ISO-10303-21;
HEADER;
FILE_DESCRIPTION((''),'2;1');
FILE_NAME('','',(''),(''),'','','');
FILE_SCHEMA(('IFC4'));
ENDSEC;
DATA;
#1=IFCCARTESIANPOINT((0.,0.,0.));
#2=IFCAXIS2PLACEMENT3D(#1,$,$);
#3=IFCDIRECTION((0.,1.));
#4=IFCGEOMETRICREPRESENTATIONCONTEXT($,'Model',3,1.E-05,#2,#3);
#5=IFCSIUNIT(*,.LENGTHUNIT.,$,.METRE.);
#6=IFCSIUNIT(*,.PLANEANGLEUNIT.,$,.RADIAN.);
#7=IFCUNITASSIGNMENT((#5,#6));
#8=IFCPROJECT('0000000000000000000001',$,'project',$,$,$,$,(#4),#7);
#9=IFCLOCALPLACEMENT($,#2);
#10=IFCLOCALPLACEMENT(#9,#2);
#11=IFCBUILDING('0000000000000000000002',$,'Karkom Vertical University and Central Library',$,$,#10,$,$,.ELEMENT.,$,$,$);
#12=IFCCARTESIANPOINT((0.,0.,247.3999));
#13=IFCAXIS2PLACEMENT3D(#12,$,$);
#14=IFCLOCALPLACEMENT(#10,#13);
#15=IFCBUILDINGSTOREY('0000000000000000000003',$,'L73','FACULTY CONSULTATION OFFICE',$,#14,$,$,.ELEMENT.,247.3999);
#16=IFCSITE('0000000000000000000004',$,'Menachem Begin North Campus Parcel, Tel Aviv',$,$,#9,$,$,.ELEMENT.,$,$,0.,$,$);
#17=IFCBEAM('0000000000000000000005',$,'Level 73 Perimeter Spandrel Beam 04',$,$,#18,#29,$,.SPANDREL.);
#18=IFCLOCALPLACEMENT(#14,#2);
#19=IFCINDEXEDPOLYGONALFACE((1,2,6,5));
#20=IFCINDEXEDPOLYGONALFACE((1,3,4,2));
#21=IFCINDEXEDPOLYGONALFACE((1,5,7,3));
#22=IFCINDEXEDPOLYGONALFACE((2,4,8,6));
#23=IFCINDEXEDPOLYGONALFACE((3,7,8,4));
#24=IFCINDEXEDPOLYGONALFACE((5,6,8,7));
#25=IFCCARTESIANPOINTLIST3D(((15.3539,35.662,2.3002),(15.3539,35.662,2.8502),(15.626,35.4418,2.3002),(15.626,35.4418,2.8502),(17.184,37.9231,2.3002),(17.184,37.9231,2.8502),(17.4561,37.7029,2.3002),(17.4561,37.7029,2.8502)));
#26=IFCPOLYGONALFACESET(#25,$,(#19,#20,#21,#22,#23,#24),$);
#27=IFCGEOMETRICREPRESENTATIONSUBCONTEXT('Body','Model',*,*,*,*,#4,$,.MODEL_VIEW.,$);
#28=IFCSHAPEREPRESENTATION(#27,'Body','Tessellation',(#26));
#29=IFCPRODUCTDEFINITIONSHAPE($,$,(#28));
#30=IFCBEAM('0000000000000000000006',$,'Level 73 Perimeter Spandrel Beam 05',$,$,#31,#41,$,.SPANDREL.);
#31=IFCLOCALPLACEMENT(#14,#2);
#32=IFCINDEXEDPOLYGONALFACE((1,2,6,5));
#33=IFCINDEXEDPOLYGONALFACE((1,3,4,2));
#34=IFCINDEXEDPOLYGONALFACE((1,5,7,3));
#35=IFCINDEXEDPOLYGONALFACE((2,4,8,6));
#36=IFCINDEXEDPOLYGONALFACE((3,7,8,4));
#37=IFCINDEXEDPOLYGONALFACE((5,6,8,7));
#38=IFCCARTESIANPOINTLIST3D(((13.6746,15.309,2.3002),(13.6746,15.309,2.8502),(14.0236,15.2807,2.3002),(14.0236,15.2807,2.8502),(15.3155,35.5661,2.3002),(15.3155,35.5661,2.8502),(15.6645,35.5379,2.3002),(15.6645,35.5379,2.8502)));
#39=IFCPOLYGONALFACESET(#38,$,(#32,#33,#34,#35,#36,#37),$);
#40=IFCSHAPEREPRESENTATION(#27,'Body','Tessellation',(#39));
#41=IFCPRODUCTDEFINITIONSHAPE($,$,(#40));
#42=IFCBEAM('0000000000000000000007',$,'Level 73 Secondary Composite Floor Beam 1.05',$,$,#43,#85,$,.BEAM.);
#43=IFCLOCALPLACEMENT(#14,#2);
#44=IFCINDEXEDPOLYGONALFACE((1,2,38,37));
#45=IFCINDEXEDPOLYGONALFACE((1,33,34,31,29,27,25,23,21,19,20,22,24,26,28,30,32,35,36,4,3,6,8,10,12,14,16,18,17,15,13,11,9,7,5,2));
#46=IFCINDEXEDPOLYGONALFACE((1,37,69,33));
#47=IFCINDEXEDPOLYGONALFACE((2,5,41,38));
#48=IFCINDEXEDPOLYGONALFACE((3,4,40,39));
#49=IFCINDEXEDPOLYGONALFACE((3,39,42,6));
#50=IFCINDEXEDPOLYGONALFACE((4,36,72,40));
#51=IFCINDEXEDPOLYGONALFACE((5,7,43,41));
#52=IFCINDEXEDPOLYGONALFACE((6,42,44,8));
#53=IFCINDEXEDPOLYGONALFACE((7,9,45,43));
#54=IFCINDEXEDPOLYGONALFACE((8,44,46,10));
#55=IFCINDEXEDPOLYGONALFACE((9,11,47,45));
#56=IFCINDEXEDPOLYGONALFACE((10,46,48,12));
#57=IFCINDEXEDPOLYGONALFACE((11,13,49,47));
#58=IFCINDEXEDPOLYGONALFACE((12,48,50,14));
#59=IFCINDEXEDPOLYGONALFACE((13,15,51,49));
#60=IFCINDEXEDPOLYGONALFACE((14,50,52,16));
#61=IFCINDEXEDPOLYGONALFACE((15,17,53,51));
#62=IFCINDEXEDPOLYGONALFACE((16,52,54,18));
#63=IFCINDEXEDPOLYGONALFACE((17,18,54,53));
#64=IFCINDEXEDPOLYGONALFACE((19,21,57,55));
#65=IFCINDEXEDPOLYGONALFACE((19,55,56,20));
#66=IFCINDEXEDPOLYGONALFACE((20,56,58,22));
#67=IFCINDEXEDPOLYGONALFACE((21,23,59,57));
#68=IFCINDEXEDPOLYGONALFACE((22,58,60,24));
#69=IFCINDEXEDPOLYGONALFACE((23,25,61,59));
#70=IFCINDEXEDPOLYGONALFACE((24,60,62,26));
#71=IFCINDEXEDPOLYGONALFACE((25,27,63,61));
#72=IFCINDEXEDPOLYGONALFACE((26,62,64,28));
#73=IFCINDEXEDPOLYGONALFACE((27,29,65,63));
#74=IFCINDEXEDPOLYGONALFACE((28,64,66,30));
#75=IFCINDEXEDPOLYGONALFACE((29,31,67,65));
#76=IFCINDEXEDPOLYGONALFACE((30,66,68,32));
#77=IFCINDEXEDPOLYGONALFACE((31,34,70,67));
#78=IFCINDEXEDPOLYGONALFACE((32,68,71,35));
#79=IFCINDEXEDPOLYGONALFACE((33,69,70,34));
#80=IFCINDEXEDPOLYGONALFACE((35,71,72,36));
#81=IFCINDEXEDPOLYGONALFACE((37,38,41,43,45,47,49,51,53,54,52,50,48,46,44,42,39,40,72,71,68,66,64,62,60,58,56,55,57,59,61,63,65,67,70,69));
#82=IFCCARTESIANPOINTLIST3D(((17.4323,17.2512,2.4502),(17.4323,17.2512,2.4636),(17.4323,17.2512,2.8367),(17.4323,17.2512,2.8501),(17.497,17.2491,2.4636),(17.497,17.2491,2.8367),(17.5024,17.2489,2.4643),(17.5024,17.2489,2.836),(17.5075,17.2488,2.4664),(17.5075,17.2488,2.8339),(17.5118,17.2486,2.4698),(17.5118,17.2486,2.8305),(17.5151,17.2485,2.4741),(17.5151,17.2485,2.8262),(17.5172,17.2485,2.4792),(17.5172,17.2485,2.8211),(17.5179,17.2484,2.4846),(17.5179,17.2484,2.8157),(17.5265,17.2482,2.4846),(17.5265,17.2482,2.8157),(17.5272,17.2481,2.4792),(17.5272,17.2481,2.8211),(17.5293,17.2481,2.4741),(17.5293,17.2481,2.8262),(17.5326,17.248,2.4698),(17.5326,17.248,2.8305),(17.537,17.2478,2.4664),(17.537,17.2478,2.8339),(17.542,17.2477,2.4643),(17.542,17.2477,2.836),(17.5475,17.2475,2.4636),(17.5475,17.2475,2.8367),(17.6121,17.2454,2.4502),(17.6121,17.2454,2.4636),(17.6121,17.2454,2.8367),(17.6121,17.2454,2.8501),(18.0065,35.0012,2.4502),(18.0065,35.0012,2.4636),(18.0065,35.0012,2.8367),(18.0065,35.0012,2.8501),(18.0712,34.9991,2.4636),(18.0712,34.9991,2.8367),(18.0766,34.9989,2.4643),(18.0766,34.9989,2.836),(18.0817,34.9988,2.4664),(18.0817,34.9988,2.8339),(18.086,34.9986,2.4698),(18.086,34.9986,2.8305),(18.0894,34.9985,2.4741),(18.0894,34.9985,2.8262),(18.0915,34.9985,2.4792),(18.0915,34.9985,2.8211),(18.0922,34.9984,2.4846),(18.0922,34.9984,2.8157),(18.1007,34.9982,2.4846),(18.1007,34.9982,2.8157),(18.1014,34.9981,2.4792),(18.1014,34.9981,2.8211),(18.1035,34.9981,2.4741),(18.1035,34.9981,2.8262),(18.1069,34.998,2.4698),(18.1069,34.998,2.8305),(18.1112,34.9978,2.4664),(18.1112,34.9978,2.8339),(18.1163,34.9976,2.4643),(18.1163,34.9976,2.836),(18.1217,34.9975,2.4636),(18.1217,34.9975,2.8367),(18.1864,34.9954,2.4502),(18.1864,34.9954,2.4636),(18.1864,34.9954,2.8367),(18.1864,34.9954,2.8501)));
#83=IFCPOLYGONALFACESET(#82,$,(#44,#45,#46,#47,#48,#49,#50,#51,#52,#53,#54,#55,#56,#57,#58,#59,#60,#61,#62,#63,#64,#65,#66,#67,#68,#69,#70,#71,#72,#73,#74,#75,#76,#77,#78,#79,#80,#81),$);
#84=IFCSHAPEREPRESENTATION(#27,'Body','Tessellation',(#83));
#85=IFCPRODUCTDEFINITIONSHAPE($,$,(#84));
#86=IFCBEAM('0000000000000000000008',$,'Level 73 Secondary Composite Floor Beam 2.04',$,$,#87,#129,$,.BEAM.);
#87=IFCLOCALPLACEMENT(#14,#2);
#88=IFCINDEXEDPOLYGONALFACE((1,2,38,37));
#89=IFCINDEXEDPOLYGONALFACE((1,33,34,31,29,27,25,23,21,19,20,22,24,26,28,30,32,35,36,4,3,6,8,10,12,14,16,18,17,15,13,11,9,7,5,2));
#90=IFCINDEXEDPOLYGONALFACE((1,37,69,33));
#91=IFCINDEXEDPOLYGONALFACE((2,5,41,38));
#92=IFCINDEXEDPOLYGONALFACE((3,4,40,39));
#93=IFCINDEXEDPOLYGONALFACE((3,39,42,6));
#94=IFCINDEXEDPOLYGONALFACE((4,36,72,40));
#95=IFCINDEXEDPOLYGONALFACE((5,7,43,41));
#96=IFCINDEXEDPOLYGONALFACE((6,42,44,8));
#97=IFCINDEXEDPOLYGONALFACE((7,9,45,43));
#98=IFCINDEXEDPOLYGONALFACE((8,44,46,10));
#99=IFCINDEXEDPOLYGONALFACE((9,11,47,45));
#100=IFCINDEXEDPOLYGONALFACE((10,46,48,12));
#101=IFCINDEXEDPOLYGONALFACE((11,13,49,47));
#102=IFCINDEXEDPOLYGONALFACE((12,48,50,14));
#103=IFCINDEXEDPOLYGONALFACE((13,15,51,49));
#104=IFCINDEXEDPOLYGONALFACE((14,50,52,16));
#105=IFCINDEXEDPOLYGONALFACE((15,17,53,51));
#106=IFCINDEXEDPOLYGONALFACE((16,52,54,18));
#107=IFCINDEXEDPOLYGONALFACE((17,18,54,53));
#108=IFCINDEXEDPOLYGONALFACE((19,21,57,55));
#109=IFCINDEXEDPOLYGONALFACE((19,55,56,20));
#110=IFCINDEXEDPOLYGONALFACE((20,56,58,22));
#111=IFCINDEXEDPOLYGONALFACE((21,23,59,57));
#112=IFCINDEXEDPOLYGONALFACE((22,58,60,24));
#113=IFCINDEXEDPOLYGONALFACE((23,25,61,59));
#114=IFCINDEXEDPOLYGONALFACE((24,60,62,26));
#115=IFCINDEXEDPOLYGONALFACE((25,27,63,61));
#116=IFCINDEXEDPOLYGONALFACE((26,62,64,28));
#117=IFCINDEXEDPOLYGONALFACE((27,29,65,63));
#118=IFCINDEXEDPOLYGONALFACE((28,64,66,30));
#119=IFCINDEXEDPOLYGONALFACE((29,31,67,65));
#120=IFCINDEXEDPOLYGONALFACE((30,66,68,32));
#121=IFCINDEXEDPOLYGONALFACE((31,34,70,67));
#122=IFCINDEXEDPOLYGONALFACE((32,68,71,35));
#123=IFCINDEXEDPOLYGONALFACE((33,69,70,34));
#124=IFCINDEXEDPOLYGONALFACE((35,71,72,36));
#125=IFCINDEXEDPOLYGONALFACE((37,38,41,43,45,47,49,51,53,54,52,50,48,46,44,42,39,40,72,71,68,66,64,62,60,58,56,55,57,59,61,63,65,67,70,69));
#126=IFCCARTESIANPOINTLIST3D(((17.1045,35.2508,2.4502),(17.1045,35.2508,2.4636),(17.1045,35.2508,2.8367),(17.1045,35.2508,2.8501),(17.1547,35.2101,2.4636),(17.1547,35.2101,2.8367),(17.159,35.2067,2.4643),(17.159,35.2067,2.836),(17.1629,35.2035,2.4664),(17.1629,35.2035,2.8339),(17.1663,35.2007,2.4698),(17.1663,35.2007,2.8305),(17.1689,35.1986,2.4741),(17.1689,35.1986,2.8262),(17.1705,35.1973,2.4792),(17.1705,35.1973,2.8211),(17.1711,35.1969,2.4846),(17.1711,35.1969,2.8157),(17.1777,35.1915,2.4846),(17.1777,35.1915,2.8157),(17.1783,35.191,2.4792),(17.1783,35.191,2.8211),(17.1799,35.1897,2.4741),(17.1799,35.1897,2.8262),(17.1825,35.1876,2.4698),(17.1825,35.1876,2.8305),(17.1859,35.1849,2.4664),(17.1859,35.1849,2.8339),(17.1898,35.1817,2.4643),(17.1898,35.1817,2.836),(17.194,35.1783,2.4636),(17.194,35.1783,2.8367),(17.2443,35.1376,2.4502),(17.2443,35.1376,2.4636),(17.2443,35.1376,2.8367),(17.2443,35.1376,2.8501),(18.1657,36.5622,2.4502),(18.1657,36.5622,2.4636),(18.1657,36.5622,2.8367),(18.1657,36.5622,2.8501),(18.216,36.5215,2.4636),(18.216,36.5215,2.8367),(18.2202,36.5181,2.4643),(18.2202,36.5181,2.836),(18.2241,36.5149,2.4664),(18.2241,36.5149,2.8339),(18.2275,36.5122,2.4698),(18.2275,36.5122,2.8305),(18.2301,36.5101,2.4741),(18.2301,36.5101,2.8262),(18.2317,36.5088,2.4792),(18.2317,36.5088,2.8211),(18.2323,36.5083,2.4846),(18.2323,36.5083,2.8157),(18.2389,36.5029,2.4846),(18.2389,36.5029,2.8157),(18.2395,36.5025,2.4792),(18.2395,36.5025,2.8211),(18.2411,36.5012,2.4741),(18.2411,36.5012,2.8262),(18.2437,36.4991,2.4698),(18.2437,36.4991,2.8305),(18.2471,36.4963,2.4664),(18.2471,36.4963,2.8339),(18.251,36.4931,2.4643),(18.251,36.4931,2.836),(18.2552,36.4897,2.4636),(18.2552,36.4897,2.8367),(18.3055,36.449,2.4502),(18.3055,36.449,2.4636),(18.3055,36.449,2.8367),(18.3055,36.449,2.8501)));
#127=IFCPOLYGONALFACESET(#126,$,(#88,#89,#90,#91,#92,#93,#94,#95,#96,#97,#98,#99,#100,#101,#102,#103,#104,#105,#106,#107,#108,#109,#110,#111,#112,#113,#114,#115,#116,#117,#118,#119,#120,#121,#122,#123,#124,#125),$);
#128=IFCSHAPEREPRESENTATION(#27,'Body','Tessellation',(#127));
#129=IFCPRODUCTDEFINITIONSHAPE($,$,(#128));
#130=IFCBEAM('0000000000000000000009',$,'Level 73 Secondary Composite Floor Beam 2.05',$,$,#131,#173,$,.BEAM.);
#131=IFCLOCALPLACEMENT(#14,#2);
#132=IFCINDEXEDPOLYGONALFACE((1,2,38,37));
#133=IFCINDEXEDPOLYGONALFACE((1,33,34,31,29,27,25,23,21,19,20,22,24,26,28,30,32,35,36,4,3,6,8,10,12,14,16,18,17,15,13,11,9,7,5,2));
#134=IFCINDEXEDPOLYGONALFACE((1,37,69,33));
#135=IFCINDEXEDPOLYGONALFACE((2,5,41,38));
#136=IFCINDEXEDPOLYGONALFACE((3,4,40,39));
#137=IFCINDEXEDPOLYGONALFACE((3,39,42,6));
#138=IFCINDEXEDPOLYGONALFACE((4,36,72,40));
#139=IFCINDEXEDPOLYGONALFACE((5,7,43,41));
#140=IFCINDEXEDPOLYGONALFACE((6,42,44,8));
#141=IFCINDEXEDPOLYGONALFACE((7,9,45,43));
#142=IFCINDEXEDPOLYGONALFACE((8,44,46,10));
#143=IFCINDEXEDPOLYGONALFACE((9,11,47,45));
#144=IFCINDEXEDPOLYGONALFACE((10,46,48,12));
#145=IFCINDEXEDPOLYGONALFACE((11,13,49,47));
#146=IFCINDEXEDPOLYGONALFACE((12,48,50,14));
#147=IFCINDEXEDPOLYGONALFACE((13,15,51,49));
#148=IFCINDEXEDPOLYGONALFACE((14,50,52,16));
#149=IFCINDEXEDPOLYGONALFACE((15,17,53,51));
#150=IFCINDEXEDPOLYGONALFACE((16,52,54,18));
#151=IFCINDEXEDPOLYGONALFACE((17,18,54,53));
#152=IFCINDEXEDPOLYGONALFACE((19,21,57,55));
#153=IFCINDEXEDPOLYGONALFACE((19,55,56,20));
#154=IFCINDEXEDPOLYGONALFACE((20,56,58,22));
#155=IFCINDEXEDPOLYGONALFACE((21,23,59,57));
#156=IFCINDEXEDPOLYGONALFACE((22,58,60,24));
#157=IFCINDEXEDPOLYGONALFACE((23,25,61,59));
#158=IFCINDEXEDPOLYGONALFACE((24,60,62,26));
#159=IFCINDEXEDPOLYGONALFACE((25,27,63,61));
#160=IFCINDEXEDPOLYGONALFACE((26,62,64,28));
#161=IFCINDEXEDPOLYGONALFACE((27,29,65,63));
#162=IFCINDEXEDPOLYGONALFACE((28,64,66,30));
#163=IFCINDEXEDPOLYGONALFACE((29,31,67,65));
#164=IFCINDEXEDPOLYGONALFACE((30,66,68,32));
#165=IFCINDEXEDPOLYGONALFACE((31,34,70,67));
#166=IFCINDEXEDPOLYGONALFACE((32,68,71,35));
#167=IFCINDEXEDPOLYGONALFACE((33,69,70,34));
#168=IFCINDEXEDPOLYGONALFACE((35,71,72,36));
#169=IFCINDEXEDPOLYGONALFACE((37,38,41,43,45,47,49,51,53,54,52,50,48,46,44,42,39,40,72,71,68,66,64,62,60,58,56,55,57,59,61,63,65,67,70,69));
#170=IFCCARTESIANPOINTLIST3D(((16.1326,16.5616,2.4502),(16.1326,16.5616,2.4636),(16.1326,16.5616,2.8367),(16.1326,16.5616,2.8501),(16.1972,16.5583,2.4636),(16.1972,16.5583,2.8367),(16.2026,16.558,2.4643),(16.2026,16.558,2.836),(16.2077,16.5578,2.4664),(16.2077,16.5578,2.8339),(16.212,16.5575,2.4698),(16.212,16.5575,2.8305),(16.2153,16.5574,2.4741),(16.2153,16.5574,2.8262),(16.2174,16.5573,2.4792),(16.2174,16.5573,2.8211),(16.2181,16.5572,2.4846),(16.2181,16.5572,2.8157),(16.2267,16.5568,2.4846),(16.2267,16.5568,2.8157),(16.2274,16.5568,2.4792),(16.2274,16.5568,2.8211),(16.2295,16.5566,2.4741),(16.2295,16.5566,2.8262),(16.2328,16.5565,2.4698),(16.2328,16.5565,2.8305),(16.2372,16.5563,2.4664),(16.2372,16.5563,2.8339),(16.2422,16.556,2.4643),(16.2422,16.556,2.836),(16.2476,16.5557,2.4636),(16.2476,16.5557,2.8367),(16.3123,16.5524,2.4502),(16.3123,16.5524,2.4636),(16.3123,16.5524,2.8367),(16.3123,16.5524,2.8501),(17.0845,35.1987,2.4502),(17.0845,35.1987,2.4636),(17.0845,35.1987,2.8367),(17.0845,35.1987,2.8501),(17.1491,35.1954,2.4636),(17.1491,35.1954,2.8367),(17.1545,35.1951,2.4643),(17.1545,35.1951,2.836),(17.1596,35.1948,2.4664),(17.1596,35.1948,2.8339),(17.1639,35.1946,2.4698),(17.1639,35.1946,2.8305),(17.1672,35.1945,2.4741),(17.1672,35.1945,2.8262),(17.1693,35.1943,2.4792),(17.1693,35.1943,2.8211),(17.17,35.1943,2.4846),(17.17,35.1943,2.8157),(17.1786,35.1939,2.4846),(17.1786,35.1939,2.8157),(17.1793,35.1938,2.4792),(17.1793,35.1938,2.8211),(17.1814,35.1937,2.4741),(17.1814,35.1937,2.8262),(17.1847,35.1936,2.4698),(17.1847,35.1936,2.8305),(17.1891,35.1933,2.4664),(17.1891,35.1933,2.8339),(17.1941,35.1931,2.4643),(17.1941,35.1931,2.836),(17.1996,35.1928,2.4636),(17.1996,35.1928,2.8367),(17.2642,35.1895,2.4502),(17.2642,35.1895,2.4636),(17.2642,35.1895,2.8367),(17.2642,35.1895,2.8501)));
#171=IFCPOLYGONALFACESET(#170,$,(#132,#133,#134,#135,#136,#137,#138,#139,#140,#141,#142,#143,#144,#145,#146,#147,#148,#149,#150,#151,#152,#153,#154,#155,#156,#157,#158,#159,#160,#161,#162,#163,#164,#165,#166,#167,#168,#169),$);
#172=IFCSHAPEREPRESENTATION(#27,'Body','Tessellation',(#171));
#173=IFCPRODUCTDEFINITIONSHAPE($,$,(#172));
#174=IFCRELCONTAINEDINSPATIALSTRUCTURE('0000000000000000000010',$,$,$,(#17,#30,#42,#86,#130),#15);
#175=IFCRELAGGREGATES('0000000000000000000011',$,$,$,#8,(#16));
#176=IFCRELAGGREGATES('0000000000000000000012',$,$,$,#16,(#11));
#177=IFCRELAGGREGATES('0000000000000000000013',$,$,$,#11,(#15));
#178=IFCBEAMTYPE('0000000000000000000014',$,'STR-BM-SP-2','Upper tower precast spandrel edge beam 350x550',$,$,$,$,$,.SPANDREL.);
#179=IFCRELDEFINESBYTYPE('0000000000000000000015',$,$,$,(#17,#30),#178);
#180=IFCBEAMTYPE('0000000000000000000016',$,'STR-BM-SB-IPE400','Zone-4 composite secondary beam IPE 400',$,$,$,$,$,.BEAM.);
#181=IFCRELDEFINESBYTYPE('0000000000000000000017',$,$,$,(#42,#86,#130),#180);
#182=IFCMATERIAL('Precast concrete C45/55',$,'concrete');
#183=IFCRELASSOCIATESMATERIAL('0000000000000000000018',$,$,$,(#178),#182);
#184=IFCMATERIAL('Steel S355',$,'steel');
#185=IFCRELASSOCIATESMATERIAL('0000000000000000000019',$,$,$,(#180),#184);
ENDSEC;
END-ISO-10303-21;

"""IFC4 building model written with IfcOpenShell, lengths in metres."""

from ifc_helpers import new_model, si_unit, direction, frame, origin, origin_with_axes, origin_2d, place, context, subcontext, project, spatial, rectangle, i_section, extrude, source, transform, mapped, material, material_profile, profile_set, type_object, element, save


model = new_model("IFC4")

# Units and contexts
model_context = context("Model", 3, precision=1e-05, world=origin(), true_north=direction((0.0, 1.0)))
body_context = subcontext(model_context, "Body", "Model", "MODEL_VIEW")
ifc_project = project(units=[si_unit("LENGTHUNIT", "METRE"), si_unit("PLANEANGLEUNIT", "RADIAN")], contexts=[model_context])

# Site, building, storey
site_placement = place(None, origin())
site = spatial("IfcSite", under=ifc_project, at=site_placement, Name="Menachem Begin North Campus Parcel, Tel Aviv", CompositionType="ELEMENT", RefElevation=0.0)
building_placement = place(site_placement, origin())
building = spatial("IfcBuilding", under=site, at=building_placement, Name="Karkom Vertical University and Central Library", CompositionType="ELEMENT")
storey_placement = place(building_placement, frame((0.0, 0.0, 247.3999)))
storey = spatial("IfcBuildingStorey", under=building, at=storey_placement, Name="L73", Description="FACULTY CONSULTATION OFFICE", CompositionType="ELEMENT", Elevation=247.3999)

# Beams
ifc_material_1 = material(Name="Precast concrete C45/55", Category="concrete")
ifc_material_profile_1 = material_profile(ifc_material_1, rectangle(XDim=0.3501, YDim=0.55, at=origin_2d()), Name="SPB-350x550")
ifc_profile_set_1 = profile_set([ifc_material_profile_1], Name="Precast concrete C45/55")
beam_type_1 = type_object("IfcBeamType", Name="STR-BM-SP-2", Description="Upper tower precast spandrel edge beam 350x550", PredefinedType="SPANDREL", material=ifc_profile_set_1)
shared_shape_1 = source(origin_with_axes(), body_context, "Body", "SweptSolid", [
    extrude(rectangle(XDim=0.3501, YDim=0.55, at=origin_2d()), origin(), (0.0, 0.0, 1.0), 2.9089),
])
beam_1_placement = place(storey_placement, frame((17.3201, 37.813, 2.5752), z_axis=(-0.629148, -0.777286, 0.0), x_axis=(0.777286, -0.629148, 0.0)))
element("IfcBeam", 1, at=beam_1_placement, inside=storey, type_object=beam_type_1, Name="Level 73 Perimeter Spandrel Beam 04", PredefinedType="SPANDREL", context=body_context, shape_type="MappedRepresentation", body=[
    mapped(shared_shape_1, transform((0.0, 0.0, 0.0), scale=1.0)),
])
shared_shape_2 = source(origin_with_axes(), body_context, "Body", "SweptSolid", [
    extrude(rectangle(XDim=0.3501, YDim=0.55, at=origin_2d()), origin(), (0.0, 0.0, 1.0), 20.3235),
])
beam_2_placement = place(storey_placement, frame((15.49, 35.552, 2.5752), z_axis=(-0.080738, -0.996735, 0.0), x_axis=(0.996735, -0.080738, 0.0)))
element("IfcBeam", 2, at=beam_2_placement, inside=storey, type_object=beam_type_1, Name="Level 73 Perimeter Spandrel Beam 05", PredefinedType="SPANDREL", context=body_context, shape_type="MappedRepresentation", body=[
    mapped(shared_shape_2, transform((0.0, 0.0, 0.0), scale=1.0)),
])
ifc_material_2 = material(Name="Steel S355", Category="steel")
ifc_material_profile_2 = material_profile(ifc_material_2, i_section(OverallWidth=0.1799, OverallDepth=0.3999, WebThickness=0.0085, FlangeThickness=0.0134, FilletRadius=0.021, at=origin_2d()), Name="IPE 400")
ifc_profile_set_2 = profile_set([ifc_material_profile_2], Name="Steel S355")
beam_type_2 = type_object("IfcBeamType", Name="STR-BM-SB-IPE400", Description="Zone-4 composite secondary beam IPE 400", PredefinedType="BEAM", material=ifc_profile_set_2)
shared_shape_3 = source(origin_with_axes(), body_context, "Body", "SweptSolid", [
    extrude(i_section(OverallWidth=0.1799, OverallDepth=0.3999, WebThickness=0.0085, FlangeThickness=0.0134, FilletRadius=0.021, at=origin_2d()), origin(), (0.0, 0.0, 1.0), 17.7593),
])
beam_3_placement = place(storey_placement, frame((18.0964, 34.9983, 2.6501), z_axis=(-0.032333, -0.999477, 0.0), x_axis=(0.999477, -0.032333, 0.0)))
element("IfcBeam", 3, at=beam_3_placement, inside=storey, type_object=beam_type_2, Name="Level 73 Secondary Composite Floor Beam 1.05", PredefinedType="BEAM", context=body_context, shape_type="MappedRepresentation", body=[
    mapped(shared_shape_3, transform((0.0, 0.0, 0.0), scale=1.0)),
])
shared_shape_4 = source(origin_with_axes(), body_context, "Body", "SweptSolid", [
    extrude(i_section(OverallWidth=0.1799, OverallDepth=0.3999, WebThickness=0.0085, FlangeThickness=0.0134, FilletRadius=0.021, at=origin_2d()), origin(), (0.0, 0.0, 1.0), 1.687),
])
beam_4_placement = place(storey_placement, frame((18.2356, 36.5056, 2.6501), z_axis=(-0.629044, -0.77737, 0.0), x_axis=(0.77737, -0.629044, 0.0)))
element("IfcBeam", 4, at=beam_4_placement, inside=storey, type_object=beam_type_2, Name="Level 73 Secondary Composite Floor Beam 2.04", PredefinedType="BEAM", context=body_context, shape_type="MappedRepresentation", body=[
    mapped(shared_shape_4, transform((0.0, 0.0, 0.0), scale=1.0)),
])
shared_shape_5 = source(origin_with_axes(), body_context, "Body", "SweptSolid", [
    extrude(i_section(OverallWidth=0.1799, OverallDepth=0.3999, WebThickness=0.0085, FlangeThickness=0.0134, FilletRadius=0.021, at=origin_2d()), origin(), (0.0, 0.0, 1.0), 18.6614),
])
beam_5_placement = place(storey_placement, frame((17.1743, 35.1941, 2.6501), z_axis=(-0.05101, -0.998698, 0.0), x_axis=(0.998698, -0.05101, 0.0)))
element("IfcBeam", 5, at=beam_5_placement, inside=storey, type_object=beam_type_2, Name="Level 73 Secondary Composite Floor Beam 2.05", PredefinedType="BEAM", context=body_context, shape_type="MappedRepresentation", body=[
    mapped(shared_shape_5, transform((0.0, 0.0, 0.0), scale=1.0)),
])

save(model, "model.ifc")
